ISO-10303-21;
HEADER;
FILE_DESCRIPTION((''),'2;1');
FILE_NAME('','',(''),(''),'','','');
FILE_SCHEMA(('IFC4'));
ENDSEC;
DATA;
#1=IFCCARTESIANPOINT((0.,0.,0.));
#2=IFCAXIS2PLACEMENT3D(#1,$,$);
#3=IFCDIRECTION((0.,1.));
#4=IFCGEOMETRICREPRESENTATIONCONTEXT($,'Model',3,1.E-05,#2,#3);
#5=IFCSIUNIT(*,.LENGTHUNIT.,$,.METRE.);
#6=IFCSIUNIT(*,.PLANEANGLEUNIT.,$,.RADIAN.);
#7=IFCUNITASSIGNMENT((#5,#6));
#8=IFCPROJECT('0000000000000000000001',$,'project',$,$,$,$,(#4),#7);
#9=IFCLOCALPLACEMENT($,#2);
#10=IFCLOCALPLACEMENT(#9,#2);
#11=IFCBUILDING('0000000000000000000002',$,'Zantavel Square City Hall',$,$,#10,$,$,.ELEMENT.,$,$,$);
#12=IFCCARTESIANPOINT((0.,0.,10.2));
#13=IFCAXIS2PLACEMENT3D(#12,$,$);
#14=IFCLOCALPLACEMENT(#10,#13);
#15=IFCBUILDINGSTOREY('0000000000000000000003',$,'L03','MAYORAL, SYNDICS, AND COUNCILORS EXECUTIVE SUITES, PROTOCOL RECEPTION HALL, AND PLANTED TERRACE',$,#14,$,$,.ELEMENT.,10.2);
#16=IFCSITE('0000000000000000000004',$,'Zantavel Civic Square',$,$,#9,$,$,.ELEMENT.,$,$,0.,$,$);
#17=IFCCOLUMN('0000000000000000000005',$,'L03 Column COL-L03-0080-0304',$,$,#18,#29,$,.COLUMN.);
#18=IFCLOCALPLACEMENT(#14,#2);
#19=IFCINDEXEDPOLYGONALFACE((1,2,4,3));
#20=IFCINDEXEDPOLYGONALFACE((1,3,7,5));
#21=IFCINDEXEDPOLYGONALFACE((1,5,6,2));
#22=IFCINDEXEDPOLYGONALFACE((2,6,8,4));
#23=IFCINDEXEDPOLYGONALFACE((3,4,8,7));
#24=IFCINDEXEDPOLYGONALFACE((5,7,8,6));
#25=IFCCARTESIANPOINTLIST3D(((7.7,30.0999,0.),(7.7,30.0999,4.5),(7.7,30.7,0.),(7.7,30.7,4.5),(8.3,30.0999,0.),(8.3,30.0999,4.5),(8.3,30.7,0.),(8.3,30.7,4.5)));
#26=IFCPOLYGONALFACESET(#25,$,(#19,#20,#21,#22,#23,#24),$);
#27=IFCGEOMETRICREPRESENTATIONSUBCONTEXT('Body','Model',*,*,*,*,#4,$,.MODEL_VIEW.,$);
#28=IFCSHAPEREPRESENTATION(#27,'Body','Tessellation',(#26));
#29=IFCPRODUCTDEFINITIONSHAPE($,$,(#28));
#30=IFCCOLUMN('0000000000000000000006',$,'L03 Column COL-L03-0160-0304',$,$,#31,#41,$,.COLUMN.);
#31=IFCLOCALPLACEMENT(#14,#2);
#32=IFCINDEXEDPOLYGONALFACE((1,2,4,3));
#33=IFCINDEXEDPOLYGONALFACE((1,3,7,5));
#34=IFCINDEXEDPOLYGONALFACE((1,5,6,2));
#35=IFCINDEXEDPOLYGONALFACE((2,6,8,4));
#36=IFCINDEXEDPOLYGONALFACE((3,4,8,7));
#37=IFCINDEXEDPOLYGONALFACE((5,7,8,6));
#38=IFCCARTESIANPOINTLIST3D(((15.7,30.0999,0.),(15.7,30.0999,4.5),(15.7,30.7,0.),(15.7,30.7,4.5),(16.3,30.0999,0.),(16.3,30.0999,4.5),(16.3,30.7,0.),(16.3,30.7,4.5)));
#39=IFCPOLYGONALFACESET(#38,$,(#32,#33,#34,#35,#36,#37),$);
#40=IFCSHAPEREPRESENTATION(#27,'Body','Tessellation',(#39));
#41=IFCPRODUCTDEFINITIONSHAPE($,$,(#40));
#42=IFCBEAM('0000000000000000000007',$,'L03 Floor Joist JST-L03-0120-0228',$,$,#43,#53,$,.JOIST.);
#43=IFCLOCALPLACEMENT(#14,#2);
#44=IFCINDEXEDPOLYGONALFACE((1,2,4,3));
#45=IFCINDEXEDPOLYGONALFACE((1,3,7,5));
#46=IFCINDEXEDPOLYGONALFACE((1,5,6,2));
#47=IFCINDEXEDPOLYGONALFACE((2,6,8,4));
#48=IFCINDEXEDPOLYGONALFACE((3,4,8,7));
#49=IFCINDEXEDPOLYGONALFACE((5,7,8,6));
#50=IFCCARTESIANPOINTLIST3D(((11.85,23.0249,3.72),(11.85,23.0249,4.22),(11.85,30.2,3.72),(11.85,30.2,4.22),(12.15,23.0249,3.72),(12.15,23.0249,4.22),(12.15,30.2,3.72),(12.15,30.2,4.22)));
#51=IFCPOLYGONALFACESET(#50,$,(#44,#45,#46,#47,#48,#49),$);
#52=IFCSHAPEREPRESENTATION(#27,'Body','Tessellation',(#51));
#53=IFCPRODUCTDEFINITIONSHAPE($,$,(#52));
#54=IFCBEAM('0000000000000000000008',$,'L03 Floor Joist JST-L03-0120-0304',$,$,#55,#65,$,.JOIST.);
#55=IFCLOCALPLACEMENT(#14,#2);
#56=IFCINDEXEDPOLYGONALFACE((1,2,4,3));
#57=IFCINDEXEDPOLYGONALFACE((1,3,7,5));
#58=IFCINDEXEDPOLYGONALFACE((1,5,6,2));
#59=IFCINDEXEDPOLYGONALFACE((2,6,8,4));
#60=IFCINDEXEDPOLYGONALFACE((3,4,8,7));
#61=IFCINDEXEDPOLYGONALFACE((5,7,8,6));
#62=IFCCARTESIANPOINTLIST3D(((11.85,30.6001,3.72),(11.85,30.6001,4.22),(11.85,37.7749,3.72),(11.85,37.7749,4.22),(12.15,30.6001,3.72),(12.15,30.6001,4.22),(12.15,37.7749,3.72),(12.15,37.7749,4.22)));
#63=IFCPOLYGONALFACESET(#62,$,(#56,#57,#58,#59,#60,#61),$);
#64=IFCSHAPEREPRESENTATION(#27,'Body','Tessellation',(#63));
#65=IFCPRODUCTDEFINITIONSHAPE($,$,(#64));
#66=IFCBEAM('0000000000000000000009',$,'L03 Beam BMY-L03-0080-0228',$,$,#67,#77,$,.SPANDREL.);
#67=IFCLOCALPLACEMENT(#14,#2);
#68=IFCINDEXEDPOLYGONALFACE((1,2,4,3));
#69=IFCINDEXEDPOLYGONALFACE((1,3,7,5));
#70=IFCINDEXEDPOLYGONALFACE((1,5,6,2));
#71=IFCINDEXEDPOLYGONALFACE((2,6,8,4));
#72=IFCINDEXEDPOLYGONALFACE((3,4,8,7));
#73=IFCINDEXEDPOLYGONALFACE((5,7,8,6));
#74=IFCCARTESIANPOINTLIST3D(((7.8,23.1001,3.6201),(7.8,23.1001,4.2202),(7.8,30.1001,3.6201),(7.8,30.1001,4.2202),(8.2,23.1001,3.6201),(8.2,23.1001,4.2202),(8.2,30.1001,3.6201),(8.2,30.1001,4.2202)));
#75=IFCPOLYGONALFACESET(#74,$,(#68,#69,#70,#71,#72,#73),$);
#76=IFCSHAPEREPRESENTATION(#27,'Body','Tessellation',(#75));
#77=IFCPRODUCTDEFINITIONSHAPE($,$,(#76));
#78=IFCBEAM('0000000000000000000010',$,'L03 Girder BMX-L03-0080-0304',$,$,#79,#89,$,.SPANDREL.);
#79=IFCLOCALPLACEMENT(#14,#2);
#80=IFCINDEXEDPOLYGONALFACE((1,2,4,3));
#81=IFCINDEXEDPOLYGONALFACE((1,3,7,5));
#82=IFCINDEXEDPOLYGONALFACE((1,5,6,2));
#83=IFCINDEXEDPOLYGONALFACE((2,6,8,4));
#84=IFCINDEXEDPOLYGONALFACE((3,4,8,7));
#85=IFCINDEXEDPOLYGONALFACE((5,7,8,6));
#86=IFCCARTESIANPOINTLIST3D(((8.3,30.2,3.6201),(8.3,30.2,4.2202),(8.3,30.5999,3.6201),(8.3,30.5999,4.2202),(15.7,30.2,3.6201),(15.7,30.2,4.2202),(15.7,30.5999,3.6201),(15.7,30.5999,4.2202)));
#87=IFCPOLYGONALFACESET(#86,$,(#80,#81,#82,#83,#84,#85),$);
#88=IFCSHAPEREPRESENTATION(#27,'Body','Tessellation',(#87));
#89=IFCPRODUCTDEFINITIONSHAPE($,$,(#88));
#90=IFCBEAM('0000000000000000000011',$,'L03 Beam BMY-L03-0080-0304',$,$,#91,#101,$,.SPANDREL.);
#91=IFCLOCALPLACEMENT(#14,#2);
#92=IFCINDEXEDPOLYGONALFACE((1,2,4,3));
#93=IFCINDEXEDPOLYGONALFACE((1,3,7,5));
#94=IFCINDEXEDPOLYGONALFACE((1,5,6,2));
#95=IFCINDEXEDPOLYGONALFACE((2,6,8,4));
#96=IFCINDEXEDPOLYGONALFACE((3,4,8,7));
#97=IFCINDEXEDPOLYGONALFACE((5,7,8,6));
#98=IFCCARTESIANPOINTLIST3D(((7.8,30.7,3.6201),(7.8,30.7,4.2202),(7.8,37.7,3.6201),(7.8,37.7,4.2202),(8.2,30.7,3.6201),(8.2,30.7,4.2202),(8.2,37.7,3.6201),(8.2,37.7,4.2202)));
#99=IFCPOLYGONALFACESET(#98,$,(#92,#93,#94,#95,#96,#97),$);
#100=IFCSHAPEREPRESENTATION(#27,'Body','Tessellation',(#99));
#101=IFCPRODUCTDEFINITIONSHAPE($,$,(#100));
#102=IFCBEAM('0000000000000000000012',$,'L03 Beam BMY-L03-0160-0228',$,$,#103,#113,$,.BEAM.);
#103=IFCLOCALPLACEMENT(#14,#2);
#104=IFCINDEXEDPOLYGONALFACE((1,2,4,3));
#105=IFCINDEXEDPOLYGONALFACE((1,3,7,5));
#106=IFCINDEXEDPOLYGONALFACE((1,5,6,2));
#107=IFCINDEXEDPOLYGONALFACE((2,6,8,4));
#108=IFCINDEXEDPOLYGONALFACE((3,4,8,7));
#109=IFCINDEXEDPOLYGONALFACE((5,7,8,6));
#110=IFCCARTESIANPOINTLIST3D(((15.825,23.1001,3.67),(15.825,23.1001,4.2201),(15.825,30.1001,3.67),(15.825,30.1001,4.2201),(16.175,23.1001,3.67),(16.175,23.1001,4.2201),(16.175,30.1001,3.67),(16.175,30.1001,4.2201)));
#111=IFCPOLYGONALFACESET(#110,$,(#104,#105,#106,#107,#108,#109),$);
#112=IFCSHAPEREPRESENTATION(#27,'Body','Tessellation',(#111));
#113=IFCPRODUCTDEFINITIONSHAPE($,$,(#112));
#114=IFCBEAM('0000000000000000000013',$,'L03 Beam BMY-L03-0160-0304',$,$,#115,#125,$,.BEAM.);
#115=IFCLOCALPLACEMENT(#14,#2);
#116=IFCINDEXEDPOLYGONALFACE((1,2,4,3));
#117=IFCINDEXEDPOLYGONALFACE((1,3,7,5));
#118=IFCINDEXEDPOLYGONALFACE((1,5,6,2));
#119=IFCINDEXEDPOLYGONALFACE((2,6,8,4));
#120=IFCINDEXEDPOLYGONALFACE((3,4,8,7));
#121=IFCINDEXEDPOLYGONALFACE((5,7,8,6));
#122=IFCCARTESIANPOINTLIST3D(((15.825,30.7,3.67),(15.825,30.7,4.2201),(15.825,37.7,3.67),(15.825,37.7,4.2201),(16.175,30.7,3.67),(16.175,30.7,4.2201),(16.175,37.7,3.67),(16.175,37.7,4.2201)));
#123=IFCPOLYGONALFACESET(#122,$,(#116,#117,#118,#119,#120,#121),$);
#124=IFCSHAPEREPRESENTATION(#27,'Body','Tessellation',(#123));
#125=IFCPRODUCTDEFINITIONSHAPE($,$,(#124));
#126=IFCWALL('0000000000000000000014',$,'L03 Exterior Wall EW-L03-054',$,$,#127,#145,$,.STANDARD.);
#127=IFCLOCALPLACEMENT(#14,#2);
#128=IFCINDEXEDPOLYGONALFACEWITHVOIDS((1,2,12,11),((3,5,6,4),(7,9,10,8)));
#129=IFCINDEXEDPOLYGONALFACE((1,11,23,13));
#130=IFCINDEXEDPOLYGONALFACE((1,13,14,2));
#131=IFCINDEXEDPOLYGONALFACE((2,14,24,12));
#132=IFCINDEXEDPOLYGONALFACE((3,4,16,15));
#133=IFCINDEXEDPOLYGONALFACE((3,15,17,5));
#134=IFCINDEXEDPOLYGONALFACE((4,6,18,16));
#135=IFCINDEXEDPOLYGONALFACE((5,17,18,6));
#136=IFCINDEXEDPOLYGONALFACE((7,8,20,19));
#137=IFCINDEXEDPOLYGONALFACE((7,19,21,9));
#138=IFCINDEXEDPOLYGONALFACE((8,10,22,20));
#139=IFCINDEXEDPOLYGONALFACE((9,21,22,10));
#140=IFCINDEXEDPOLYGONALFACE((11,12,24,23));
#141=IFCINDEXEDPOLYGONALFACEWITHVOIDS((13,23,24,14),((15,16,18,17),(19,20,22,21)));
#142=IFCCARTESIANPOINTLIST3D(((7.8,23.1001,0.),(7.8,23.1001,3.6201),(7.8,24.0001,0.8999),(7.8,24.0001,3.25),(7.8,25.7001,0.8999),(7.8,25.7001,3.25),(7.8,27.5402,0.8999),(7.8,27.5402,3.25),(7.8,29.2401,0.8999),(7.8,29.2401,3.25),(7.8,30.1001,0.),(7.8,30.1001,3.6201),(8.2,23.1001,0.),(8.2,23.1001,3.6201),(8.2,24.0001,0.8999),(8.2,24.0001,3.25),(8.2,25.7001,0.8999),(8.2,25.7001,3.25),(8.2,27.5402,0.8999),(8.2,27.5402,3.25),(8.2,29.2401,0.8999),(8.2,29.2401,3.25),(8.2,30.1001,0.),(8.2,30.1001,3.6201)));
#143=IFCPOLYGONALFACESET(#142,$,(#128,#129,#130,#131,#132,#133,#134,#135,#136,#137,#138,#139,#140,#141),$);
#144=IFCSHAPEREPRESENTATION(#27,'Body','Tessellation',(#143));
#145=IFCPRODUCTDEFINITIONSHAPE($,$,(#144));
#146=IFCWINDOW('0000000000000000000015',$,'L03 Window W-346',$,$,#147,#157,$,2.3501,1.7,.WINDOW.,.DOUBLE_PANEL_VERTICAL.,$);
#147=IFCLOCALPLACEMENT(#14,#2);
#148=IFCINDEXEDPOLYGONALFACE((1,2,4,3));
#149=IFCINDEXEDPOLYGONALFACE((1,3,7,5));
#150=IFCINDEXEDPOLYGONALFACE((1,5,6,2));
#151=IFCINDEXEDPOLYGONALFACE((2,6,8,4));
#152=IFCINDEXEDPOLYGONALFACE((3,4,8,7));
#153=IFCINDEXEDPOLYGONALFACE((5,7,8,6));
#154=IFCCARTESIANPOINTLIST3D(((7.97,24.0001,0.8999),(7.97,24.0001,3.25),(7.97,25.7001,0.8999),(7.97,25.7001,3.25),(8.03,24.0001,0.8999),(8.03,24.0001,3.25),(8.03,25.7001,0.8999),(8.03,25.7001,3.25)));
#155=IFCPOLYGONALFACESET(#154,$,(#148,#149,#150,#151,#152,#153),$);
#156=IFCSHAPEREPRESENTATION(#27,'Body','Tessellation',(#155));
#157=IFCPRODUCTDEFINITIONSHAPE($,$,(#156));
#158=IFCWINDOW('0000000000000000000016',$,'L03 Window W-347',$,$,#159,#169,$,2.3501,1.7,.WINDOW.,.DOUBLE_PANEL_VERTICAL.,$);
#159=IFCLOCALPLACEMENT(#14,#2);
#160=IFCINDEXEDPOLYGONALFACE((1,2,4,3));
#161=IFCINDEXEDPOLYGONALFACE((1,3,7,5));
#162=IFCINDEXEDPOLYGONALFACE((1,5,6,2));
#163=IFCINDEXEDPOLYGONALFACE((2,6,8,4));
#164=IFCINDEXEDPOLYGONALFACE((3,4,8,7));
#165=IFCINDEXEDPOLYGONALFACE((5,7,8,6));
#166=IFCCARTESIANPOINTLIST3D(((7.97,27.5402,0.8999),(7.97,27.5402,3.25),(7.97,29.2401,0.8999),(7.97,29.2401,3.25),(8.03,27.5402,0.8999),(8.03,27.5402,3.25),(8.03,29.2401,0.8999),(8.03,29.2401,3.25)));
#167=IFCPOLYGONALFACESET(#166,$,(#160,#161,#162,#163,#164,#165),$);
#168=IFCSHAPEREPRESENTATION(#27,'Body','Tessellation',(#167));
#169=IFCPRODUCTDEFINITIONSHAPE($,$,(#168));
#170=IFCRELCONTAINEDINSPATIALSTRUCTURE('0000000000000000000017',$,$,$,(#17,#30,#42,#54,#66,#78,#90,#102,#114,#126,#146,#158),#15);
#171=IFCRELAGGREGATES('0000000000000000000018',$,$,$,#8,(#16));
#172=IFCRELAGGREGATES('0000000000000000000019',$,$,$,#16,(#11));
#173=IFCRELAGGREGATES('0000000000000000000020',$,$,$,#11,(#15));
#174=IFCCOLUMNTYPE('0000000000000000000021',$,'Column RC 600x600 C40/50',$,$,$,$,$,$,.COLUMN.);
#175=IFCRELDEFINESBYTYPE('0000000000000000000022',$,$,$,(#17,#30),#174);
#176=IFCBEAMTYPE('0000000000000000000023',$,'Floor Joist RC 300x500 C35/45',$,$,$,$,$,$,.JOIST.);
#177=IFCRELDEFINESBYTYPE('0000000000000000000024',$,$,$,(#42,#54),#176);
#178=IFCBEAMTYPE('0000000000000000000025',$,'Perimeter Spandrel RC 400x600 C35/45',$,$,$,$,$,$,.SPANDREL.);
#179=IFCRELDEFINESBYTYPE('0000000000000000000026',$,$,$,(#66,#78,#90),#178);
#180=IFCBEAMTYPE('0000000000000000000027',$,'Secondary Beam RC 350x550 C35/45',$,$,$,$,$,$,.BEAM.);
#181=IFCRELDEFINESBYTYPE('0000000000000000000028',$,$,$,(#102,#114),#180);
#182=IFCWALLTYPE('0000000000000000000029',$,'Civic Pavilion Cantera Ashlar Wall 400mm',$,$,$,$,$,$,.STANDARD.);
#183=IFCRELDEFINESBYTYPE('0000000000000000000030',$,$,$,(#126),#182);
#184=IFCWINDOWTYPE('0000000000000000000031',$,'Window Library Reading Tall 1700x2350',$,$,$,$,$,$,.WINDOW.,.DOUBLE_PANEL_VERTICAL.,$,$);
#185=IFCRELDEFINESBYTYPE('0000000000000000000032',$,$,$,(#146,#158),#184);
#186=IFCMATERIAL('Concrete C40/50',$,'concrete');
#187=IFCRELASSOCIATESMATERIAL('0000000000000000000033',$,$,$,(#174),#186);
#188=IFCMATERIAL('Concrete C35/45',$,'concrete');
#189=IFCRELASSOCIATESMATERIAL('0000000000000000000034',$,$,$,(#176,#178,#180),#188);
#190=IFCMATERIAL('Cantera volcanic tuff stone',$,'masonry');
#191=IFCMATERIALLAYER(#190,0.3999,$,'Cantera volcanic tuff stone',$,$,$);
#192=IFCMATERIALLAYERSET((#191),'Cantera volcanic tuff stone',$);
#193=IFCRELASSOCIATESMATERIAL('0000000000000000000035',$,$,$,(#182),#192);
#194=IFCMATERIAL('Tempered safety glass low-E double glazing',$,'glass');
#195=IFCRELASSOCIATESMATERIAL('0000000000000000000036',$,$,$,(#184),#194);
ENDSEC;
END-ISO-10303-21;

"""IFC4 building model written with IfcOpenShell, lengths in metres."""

from ifc_helpers import new_model, si_unit, direction, frame, frame_2d, origin, origin_2d, place, context, subcontext, project, spatial, rectangle, extrude, material, layer, layer_set, material_profile, profile_set, type_object, element, fill, save


model = new_model("IFC4")

# Units and contexts
model_context = context("Model", 3, precision=1e-05, world=origin(), true_north=direction((0.0, 1.0)))
body_context = subcontext(model_context, "Body", "Model", "MODEL_VIEW")
ifc_project = project(units=[si_unit("LENGTHUNIT", "METRE"), si_unit("PLANEANGLEUNIT", "RADIAN")], contexts=[model_context])

# Site, building, storey
site_placement = place(None, origin())
site = spatial("IfcSite", under=ifc_project, at=site_placement, Name="Zantavel Civic Square", CompositionType="ELEMENT", RefElevation=0.0)
building_placement = place(site_placement, origin())
building = spatial("IfcBuilding", under=site, at=building_placement, Name="Zantavel Square City Hall", CompositionType="ELEMENT")
storey_placement = place(building_placement, frame((0.0, 0.0, 10.2)))
storey = spatial("IfcBuildingStorey", under=building, at=storey_placement, Name="L03", Description="MAYORAL, SYNDICS, AND COUNCILORS EXECUTIVE SUITES, PROTOCOL RECEPTION HALL, AND PLANTED TERRACE", CompositionType="ELEMENT", Elevation=10.2)

# Columns
ifc_material_1 = material(Name="Concrete C40/50", Category="concrete")
ifc_material_profile_1 = material_profile(ifc_material_1, rectangle(XDim=0.6001, YDim=0.6001, at=origin_2d()), Name="RC 600x600")
ifc_profile_set_1 = profile_set([ifc_material_profile_1], Name="Concrete C40/50")
column_type = type_object("IfcColumnType", Name="Column RC 600x600 C40/50", PredefinedType="COLUMN", material=ifc_profile_set_1)
for number, where, z_axis, x_axis, name in (
    (1, (8.0, 30.3999, 0.0), (0.0, 0.0, 1.0), (1.0, 0.0, 0.0), "L03 Column COL-L03-0080-0304"),
    (2, (16.0, 30.3999, 0.0), (0.0, 0.0, 1.0), (1.0, 0.0, 0.0), "L03 Column COL-L03-0160-0304"),
):
    element("IfcColumn", number, at=place(storey_placement, frame(where, z_axis=z_axis, x_axis=x_axis)), inside=storey, type_object=column_type, Name=name, PredefinedType="COLUMN", context=body_context, shape_type="SweptSolid", body=[
        extrude(rectangle(XDim=0.6001, YDim=0.6001, at=origin_2d()), origin(), (0.0, 0.0, 1.0), 4.5),
    ])

# Beams
ifc_material_2 = material(Name="Concrete C35/45", Category="concrete")
ifc_material_profile_2 = material_profile(ifc_material_2, rectangle(XDim=0.3, YDim=0.5, at=origin_2d()), Name="RC 300x500")
ifc_profile_set_2 = profile_set([ifc_material_profile_2], Name="Concrete C35/45")
beam_type_1 = type_object("IfcBeamType", Name="Floor Joist RC 300x500 C35/45", PredefinedType="JOIST", material=ifc_profile_set_2)
beam_1_placement = place(storey_placement, frame((12.0, 23.0249, 3.97), z_axis=(0.0, 1.0, 0.0), x_axis=(-1.0, 0.0, 0.0)))
element("IfcBeam", 3, at=beam_1_placement, inside=storey, type_object=beam_type_1, Name="L03 Floor Joist JST-L03-0120-0228", PredefinedType="JOIST", context=body_context, shape_type="SweptSolid", body=[
    extrude(rectangle(XDim=0.3, YDim=0.5, at=origin_2d()), origin(), (0.0, 0.0, 1.0), 7.175),
])
beam_2_placement = place(storey_placement, frame((12.0, 30.6001, 3.97), z_axis=(0.0, 1.0, 0.0), x_axis=(-1.0, 0.0, 0.0)))
element("IfcBeam", 4, at=beam_2_placement, inside=storey, type_object=beam_type_1, Name="L03 Floor Joist JST-L03-0120-0304", PredefinedType="JOIST", context=body_context, shape_type="SweptSolid", body=[
    extrude(rectangle(XDim=0.3, YDim=0.5, at=origin_2d()), origin(), (0.0, 0.0, 1.0), 7.1748),
])
ifc_material_profile_3 = material_profile(ifc_material_2, rectangle(XDim=0.3999, YDim=0.6001, at=origin_2d()), Name="RC 400x600")
ifc_profile_set_3 = profile_set([ifc_material_profile_3], Name="Concrete C35/45")
beam_type_2 = type_object("IfcBeamType", Name="Perimeter Spandrel RC 400x600 C35/45", PredefinedType="SPANDREL", material=ifc_profile_set_3)
beam_3_placement = place(storey_placement, frame((8.0, 23.1001, 3.9202), z_axis=(0.0, 1.0, 0.0), x_axis=(-1.0, 0.0, 0.0)))
element("IfcBeam", 5, at=beam_3_placement, inside=storey, type_object=beam_type_2, Name="L03 Beam BMY-L03-0080-0228", PredefinedType="SPANDREL", context=body_context, shape_type="SweptSolid", body=[
    extrude(rectangle(XDim=0.3999, YDim=0.6001, at=origin_2d()), origin(), (0.0, 0.0, 1.0), 7.0),
])
beam_4_placement = place(storey_placement, frame((8.3, 30.3999, 3.9202), z_axis=(1.0, 0.0, 0.0), x_axis=(0.0, 1.0, 0.0)))
element("IfcBeam", 6, at=beam_4_placement, inside=storey, type_object=beam_type_2, Name="L03 Girder BMX-L03-0080-0304", PredefinedType="SPANDREL", context=body_context, shape_type="SweptSolid", body=[
    extrude(rectangle(XDim=0.3999, YDim=0.6001, at=origin_2d()), origin(), (0.0, 0.0, 1.0), 7.3999),
])
beam_5_placement = place(storey_placement, frame((8.0, 30.7, 3.9202), z_axis=(0.0, 1.0, 0.0), x_axis=(-1.0, 0.0, 0.0)))
element("IfcBeam", 7, at=beam_5_placement, inside=storey, type_object=beam_type_2, Name="L03 Beam BMY-L03-0080-0304", PredefinedType="SPANDREL", context=body_context, shape_type="SweptSolid", body=[
    extrude(rectangle(XDim=0.3999, YDim=0.6001, at=origin_2d()), origin(), (0.0, 0.0, 1.0), 7.0),
])
ifc_material_profile_4 = material_profile(ifc_material_2, rectangle(XDim=0.3501, YDim=0.55, at=origin_2d()), Name="RC 350x550")
ifc_profile_set_4 = profile_set([ifc_material_profile_4], Name="Concrete C35/45")
beam_type_3 = type_object("IfcBeamType", Name="Secondary Beam RC 350x550 C35/45", PredefinedType="BEAM", material=ifc_profile_set_4)
for number, where, z_axis, x_axis, name in (
    (8, (16.0, 23.1001, 3.9451), (0.0, 1.0, 0.0), (-1.0, 0.0, 0.0), "L03 Beam BMY-L03-0160-0228"),
    (9, (16.0, 30.7, 3.9451), (0.0, 1.0, 0.0), (-1.0, 0.0, 0.0), "L03 Beam BMY-L03-0160-0304"),
):
    element("IfcBeam", number, at=place(storey_placement, frame(where, z_axis=z_axis, x_axis=x_axis)), inside=storey, type_object=beam_type_3, Name=name, PredefinedType="BEAM", context=body_context, shape_type="SweptSolid", body=[
        extrude(rectangle(XDim=0.3501, YDim=0.55, at=origin_2d()), origin(), (0.0, 0.0, 1.0), 7.0),
    ])

# Wall, openings, windows
ifc_material_3 = material(Name="Cantera volcanic tuff stone", Category="masonry")
ifc_layer_1 = layer(ifc_material_3, 0.3999, Name="Cantera volcanic tuff stone")
ifc_layer_set_1 = layer_set([ifc_layer_1], Name="Cantera volcanic tuff stone")
wall_type_1 = type_object("IfcWallType", Name="Civic Pavilion Cantera Ashlar Wall 400mm", PredefinedType="STANDARD", material=ifc_layer_set_1)
wall_1_placement = place(storey_placement, frame((8.0, 23.1001, 0.0), z_axis=(0.0, 0.0, 1.0), x_axis=(0.0, 1.0, 0.0)))
wall_1 = element("IfcWall", 10, at=wall_1_placement, inside=storey, type_object=wall_type_1, Name="L03 Exterior Wall EW-L03-054", PredefinedType="STANDARD", context=body_context, shape_type="SweptSolid", body=[
    extrude(rectangle(XDim=7.0, YDim=0.3999, at=frame_2d((3.5, 0.0))), origin(), (0.0, 0.0, 1.0), 3.6201),
])
opening_1_placement = place(wall_1_placement, frame((0.8999, 0.0, 0.8999)))
opening_1 = element("IfcOpeningElement", 11, at=opening_1_placement, cuts=wall_1, PredefinedType="OPENING", context=body_context, shape_type="SweptSolid", body=[
    extrude(rectangle(XDim=1.7, YDim=2.3501, at=frame_2d((0.8501, 1.175))), frame((0.0, 0.21, 0.0), z_axis=(0.0, -1.0, 0.0), x_axis=(1.0, 0.0, 0.0)), (0.0, 0.0, 1.0), 0.4199),
])
opening_2_placement = place(wall_1_placement, frame((4.4399, 0.0, 0.8999)))
opening_2 = element("IfcOpeningElement", 12, at=opening_2_placement, cuts=wall_1, PredefinedType="OPENING", context=body_context, shape_type="SweptSolid", body=[
    extrude(rectangle(XDim=1.7, YDim=2.3501, at=frame_2d((0.8501, 1.175))), frame((0.0, 0.21, 0.0), z_axis=(0.0, -1.0, 0.0), x_axis=(1.0, 0.0, 0.0)), (0.0, 0.0, 1.0), 0.4199),
])
ifc_material_4 = material(Name="Tempered safety glass low-E double glazing", Category="glass")
window_type = type_object("IfcWindowType", Name="Window Library Reading Tall 1700x2350", PartitioningType="DOUBLE_PANEL_VERTICAL", PredefinedType="WINDOW", material=ifc_material_4)
window_1_placement = place(opening_1_placement, origin())
window_1 = element("IfcWindow", 13, at=window_1_placement, inside=storey, type_object=window_type, Name="L03 Window W-346", OverallHeight=2.3501, OverallWidth=1.7, PartitioningType="DOUBLE_PANEL_VERTICAL", PredefinedType="WINDOW", context=body_context, shape_type="SweptSolid", body=[
    extrude(rectangle(XDim=1.7, YDim=2.3501, at=frame_2d((0.8501, 1.175))), frame((0.0, 0.03, 0.0), z_axis=(0.0, -1.0, 0.0), x_axis=(1.0, 0.0, 0.0)), (0.0, 0.0, 1.0), 0.0601),
])
fill(opening_1, window_1)
window_2_placement = place(opening_2_placement, origin())
window_2 = element("IfcWindow", 14, at=window_2_placement, inside=storey, type_object=window_type, Name="L03 Window W-347", OverallHeight=2.3501, OverallWidth=1.7, PartitioningType="DOUBLE_PANEL_VERTICAL", PredefinedType="WINDOW", context=body_context, shape_type="SweptSolid", body=[
    extrude(rectangle(XDim=1.7, YDim=2.3501, at=frame_2d((0.8501, 1.175))), frame((0.0, 0.03, 0.0), z_axis=(0.0, -1.0, 0.0), x_axis=(1.0, 0.0, 0.0)), (0.0, 0.0, 1.0), 0.0601),
])
fill(opening_2, window_2)

save(model, "model.ifc")
